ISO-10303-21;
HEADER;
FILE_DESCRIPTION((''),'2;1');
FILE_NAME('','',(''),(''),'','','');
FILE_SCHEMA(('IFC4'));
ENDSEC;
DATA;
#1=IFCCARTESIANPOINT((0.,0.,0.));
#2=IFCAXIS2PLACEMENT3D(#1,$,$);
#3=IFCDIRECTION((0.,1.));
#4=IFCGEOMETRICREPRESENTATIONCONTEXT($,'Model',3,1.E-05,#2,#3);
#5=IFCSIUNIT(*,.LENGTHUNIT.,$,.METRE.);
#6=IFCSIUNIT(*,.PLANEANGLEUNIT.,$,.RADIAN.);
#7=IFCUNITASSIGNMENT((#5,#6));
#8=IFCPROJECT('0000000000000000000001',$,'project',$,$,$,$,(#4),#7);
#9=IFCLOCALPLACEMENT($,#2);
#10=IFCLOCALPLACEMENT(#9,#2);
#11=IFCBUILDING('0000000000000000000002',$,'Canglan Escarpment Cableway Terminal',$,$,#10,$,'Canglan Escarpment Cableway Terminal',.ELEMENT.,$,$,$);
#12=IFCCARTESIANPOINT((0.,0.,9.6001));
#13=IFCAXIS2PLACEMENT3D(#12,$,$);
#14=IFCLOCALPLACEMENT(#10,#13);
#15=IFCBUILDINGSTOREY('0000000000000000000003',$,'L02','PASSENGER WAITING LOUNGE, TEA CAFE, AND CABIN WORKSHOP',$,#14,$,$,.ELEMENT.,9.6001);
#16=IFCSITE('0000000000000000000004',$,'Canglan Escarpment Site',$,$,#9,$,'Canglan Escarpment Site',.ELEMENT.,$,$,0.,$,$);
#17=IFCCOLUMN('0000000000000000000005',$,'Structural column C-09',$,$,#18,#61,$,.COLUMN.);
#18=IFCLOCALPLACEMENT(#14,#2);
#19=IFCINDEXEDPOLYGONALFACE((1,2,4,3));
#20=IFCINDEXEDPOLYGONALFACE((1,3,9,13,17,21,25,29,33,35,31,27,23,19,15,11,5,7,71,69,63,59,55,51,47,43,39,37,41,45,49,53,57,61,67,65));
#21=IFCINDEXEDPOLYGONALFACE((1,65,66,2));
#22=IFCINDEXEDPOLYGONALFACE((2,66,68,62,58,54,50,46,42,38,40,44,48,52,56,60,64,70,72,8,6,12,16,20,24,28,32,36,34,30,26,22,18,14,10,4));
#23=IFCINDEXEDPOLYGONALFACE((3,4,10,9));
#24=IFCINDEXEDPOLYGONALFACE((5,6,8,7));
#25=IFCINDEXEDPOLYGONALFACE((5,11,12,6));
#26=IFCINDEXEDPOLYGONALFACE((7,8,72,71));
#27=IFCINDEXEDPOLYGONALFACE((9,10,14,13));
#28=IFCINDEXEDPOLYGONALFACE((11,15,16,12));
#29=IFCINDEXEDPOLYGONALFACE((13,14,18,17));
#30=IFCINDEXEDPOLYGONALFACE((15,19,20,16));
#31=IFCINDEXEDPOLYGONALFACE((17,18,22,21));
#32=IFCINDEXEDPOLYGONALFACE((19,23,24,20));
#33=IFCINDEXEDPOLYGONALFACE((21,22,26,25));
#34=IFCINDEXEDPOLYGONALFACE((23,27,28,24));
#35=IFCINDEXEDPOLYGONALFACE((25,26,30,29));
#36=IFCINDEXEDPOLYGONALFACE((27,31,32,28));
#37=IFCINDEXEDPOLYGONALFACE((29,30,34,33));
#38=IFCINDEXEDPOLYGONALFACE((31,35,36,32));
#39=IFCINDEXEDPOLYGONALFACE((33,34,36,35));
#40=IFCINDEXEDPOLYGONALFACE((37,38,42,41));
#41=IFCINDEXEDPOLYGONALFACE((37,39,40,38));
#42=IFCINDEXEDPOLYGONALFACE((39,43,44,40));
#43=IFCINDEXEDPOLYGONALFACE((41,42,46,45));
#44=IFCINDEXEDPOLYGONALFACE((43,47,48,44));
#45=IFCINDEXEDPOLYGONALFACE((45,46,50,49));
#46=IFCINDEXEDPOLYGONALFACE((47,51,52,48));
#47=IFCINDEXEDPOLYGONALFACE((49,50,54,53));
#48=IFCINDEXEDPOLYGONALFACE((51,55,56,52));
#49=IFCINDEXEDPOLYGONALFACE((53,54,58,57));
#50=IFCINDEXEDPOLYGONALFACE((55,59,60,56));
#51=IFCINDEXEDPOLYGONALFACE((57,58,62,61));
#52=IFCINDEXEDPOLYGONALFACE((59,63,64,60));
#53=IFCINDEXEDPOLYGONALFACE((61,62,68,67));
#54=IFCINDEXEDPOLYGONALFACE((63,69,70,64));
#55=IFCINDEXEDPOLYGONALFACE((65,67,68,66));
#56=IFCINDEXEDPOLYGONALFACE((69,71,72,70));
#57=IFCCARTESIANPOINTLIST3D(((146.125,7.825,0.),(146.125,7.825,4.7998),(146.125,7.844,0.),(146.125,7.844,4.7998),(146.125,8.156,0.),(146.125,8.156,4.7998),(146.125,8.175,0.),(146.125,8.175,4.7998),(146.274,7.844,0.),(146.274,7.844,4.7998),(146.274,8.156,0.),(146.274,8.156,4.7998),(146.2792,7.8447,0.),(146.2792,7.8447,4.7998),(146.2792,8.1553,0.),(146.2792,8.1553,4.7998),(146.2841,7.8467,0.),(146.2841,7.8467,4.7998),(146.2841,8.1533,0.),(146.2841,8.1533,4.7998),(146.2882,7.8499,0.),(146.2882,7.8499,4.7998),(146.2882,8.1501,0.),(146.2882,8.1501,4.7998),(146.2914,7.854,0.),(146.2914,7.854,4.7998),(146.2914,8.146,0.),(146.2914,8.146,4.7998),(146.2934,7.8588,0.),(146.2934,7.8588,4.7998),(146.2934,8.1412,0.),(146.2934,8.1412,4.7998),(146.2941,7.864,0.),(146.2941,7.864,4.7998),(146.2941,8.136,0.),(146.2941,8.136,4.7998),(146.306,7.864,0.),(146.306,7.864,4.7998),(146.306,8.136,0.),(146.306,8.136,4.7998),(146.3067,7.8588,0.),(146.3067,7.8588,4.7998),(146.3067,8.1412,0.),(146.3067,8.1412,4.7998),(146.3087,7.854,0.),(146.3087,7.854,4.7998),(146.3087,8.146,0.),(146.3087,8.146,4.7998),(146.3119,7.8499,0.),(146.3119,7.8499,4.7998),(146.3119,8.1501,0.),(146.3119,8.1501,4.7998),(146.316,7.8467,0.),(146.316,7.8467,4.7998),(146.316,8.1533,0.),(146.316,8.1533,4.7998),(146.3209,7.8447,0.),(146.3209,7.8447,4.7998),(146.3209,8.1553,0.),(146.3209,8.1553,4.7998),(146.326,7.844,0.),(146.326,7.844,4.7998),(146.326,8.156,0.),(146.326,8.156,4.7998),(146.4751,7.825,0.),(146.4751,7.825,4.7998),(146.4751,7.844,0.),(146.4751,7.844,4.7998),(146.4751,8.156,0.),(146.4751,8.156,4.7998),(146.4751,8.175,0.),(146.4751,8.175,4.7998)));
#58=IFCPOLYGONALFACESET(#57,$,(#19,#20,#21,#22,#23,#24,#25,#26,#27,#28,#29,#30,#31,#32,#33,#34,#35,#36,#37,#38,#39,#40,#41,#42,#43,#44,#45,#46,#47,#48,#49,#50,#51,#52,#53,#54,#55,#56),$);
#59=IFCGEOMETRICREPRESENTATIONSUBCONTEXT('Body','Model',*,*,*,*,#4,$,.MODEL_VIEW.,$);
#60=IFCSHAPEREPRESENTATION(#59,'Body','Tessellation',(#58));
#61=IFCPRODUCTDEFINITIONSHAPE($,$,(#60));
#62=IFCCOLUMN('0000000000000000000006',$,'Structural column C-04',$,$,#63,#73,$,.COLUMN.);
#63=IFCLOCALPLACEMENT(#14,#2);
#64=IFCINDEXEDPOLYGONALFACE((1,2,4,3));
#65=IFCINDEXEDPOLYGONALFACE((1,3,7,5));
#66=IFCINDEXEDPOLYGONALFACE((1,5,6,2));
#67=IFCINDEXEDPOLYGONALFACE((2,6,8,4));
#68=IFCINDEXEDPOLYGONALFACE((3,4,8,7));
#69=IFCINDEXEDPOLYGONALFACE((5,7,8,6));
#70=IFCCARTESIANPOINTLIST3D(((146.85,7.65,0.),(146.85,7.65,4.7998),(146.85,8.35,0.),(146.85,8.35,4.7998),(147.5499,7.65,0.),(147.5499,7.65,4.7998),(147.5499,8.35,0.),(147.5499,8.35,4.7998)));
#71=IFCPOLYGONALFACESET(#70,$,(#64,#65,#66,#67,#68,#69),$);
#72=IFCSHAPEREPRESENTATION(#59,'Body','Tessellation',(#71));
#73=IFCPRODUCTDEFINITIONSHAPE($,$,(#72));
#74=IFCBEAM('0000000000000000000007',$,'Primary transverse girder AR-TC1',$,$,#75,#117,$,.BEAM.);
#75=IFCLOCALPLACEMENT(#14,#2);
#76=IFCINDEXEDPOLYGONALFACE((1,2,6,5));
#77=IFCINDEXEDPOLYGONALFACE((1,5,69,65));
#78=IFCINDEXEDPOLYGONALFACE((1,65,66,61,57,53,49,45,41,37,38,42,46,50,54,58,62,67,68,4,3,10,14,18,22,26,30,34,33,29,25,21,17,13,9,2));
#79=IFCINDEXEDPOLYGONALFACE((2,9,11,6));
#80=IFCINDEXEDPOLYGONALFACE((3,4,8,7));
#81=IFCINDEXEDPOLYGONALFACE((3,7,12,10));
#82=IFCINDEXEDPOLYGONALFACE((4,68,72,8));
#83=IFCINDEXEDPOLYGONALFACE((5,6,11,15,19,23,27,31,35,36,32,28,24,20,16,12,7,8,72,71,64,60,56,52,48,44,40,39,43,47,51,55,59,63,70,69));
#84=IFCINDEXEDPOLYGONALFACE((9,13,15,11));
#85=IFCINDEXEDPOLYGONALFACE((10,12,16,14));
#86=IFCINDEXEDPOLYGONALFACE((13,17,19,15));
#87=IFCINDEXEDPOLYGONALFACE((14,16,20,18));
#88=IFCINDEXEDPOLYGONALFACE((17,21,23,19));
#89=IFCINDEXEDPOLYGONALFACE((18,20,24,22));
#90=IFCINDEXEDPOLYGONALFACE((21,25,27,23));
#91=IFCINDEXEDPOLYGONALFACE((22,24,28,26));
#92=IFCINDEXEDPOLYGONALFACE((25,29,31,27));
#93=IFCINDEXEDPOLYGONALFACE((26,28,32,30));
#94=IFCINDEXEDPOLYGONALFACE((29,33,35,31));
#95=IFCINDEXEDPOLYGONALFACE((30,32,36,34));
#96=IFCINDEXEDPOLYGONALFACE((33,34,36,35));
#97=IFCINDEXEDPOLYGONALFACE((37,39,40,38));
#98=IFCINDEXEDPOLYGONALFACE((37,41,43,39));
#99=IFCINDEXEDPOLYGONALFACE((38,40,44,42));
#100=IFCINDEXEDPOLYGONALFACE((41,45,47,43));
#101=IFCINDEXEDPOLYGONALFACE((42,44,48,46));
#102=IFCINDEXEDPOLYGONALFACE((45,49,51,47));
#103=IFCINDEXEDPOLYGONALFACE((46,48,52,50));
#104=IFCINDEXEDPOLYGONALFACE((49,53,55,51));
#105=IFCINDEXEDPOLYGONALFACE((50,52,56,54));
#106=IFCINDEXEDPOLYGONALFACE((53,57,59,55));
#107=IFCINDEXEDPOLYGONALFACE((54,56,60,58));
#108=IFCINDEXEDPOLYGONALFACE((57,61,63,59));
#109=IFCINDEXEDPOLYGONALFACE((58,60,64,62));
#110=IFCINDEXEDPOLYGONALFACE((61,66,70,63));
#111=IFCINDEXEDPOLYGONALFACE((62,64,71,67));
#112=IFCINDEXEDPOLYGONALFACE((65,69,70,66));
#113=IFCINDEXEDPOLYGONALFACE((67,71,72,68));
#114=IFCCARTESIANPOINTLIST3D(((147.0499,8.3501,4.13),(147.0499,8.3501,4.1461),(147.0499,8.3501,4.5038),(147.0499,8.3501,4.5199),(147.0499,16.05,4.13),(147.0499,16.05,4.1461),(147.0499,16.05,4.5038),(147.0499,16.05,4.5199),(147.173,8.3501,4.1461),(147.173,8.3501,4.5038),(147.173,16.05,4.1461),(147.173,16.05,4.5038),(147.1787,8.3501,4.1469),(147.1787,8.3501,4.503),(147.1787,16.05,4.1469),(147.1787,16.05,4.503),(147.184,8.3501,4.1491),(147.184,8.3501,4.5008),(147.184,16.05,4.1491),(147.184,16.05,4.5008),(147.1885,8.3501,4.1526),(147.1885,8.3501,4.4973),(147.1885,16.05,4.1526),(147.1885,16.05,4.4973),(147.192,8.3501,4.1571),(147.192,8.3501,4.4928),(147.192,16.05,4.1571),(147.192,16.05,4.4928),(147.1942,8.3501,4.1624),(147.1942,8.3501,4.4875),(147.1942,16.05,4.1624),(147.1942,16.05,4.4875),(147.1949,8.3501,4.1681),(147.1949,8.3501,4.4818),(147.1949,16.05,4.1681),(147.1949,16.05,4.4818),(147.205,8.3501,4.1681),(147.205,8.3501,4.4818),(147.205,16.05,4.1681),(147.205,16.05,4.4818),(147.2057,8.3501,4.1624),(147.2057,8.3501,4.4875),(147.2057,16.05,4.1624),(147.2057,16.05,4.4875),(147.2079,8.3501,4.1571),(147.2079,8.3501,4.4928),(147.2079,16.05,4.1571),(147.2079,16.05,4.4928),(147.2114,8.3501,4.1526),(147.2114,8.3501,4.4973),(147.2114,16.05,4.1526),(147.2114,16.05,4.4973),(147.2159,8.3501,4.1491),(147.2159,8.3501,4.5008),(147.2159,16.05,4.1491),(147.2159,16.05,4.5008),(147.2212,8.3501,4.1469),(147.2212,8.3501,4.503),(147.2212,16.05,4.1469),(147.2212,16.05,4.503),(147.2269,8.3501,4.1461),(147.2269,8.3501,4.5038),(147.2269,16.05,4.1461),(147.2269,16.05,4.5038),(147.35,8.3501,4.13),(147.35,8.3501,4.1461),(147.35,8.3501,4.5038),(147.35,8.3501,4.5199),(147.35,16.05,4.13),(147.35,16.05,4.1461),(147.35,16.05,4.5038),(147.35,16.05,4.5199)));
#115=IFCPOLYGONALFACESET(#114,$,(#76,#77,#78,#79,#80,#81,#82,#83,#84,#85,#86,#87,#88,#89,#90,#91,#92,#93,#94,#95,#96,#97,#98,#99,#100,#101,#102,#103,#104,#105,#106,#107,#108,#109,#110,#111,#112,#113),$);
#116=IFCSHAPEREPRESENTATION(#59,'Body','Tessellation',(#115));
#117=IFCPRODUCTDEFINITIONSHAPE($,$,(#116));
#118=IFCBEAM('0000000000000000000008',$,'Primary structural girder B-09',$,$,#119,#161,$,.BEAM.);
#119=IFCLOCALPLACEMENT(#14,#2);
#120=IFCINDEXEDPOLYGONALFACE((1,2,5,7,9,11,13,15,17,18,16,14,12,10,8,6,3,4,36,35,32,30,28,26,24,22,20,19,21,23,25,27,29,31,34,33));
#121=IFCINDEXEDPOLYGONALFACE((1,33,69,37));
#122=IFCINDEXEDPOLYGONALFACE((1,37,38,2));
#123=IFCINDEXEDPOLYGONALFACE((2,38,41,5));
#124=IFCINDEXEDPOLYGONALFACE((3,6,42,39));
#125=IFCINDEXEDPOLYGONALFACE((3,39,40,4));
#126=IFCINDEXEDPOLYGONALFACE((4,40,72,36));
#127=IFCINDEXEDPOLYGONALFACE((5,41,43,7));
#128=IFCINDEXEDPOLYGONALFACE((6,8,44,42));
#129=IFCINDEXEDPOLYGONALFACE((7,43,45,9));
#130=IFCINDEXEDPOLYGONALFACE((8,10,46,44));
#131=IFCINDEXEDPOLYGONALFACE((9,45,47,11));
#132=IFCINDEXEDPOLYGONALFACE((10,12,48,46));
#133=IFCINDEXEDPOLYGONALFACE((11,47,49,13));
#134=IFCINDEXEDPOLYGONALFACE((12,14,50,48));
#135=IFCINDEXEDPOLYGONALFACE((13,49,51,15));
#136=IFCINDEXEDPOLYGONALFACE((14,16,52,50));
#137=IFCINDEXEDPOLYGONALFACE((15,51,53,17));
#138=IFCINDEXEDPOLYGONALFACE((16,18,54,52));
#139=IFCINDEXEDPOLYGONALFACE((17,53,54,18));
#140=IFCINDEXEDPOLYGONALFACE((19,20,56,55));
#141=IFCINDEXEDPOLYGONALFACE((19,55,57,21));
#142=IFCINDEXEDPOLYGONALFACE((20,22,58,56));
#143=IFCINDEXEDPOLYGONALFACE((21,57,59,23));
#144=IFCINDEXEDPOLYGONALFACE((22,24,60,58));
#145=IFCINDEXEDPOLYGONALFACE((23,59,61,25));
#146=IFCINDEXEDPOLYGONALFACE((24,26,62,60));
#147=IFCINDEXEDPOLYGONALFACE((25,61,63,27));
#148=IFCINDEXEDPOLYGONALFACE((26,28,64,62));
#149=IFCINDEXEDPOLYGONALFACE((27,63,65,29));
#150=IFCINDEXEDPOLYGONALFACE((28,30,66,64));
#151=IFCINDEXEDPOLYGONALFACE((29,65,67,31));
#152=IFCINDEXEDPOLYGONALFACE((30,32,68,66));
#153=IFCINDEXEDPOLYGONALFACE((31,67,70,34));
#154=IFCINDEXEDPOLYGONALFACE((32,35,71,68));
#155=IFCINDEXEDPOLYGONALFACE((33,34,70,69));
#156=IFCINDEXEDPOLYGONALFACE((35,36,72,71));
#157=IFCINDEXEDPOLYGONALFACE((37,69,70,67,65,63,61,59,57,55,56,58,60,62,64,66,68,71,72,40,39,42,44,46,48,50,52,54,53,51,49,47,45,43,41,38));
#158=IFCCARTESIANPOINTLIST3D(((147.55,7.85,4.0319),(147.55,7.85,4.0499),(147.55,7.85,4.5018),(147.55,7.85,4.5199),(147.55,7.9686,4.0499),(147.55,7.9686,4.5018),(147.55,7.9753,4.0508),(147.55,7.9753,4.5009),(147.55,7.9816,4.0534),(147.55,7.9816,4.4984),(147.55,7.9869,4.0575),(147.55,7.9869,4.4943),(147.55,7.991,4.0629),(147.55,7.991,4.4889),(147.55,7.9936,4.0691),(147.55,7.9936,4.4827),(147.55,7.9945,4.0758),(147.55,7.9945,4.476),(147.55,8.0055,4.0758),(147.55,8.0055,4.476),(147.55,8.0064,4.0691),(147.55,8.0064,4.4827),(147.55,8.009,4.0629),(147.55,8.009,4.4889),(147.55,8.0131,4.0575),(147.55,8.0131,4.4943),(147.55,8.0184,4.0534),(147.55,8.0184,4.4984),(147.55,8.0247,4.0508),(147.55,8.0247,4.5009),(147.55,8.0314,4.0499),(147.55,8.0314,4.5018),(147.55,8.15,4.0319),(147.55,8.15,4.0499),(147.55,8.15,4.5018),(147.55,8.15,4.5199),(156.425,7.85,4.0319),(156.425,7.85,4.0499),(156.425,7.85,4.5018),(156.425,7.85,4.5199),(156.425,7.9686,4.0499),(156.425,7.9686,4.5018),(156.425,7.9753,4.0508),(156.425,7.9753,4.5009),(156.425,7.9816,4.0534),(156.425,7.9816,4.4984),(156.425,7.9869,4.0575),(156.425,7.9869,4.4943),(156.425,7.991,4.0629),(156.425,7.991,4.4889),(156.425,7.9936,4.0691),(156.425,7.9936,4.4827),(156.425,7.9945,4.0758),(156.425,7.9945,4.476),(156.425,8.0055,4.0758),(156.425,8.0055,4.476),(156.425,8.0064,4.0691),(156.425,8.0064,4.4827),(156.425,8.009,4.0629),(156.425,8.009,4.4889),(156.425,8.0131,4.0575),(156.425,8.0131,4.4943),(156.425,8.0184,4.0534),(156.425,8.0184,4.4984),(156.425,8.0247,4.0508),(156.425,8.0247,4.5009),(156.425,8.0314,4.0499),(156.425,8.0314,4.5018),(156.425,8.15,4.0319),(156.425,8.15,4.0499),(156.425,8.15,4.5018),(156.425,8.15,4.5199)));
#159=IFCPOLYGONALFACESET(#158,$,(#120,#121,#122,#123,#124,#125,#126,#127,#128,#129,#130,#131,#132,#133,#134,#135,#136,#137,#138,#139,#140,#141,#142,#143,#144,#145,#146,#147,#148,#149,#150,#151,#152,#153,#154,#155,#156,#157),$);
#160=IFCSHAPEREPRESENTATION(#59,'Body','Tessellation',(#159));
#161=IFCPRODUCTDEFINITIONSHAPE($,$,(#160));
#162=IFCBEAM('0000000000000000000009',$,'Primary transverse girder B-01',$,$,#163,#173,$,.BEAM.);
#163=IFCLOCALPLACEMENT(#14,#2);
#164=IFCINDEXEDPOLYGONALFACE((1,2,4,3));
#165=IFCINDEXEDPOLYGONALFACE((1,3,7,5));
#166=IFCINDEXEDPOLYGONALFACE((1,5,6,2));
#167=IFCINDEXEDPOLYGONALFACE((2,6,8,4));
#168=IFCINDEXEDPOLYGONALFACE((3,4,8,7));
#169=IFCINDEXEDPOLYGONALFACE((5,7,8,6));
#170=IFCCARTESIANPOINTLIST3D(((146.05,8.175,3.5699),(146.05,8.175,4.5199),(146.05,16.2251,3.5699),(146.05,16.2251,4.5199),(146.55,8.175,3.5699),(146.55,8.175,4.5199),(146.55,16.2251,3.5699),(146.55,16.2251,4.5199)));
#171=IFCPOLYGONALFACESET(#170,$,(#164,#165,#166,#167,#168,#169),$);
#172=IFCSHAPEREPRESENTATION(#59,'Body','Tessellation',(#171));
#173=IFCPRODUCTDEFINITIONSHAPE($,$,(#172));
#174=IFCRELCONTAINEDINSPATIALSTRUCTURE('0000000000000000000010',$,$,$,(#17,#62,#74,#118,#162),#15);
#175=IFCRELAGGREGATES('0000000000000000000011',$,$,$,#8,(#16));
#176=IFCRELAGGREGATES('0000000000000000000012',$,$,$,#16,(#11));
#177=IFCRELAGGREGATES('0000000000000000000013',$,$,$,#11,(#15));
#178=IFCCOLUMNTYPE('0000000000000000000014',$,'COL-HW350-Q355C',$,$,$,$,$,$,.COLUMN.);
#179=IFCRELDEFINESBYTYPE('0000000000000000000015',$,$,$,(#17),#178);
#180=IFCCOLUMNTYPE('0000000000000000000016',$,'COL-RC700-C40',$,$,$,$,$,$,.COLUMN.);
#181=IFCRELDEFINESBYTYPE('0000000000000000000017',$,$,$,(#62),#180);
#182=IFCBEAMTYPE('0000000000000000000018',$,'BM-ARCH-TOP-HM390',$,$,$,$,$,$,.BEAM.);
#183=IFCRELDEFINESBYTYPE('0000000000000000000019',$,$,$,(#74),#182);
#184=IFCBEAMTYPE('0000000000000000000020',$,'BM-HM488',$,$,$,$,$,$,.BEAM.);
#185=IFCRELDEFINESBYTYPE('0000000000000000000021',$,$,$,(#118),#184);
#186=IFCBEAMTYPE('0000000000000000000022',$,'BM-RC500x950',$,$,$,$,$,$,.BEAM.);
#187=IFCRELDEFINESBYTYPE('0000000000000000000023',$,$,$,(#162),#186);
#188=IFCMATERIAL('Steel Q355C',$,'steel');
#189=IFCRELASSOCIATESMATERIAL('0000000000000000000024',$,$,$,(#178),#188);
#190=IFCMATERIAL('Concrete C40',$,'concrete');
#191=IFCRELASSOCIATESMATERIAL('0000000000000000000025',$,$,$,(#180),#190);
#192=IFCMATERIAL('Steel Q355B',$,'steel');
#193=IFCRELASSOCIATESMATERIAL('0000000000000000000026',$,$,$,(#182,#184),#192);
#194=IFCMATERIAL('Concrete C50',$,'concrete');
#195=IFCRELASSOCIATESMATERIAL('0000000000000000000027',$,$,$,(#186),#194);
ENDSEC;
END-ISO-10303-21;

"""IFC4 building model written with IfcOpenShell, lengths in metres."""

from ifc_helpers import new_model, si_unit, direction, frame, origin, origin_2d, place, context, subcontext, project, spatial, rectangle, i_section, extrude, material, material_profile, profile_set, type_object, element, save


model = new_model("IFC4")

# Units and contexts
model_context = context("Model", 3, precision=1e-05, world=origin(), true_north=direction((0.0, 1.0)))
body_context = subcontext(model_context, "Body", "Model", "MODEL_VIEW")
ifc_project = project(units=[si_unit("LENGTHUNIT", "METRE"), si_unit("PLANEANGLEUNIT", "RADIAN")], contexts=[model_context])

# Site, building, storey
site_placement = place(None, origin())
site = spatial("IfcSite", under=ifc_project, at=site_placement, Name="Canglan Escarpment Site", LongName="Canglan Escarpment Site", CompositionType="ELEMENT", RefElevation=0.0)
building_placement = place(site_placement, origin())
building = spatial("IfcBuilding", under=site, at=building_placement, Name="Canglan Escarpment Cableway Terminal", LongName="Canglan Escarpment Cableway Terminal", CompositionType="ELEMENT")
storey_placement = place(building_placement, frame((0.0, 0.0, 9.6001)))
storey = spatial("IfcBuildingStorey", under=building, at=storey_placement, Name="L02", Description="PASSENGER WAITING LOUNGE, TEA CAFE, AND CABIN WORKSHOP", CompositionType="ELEMENT", Elevation=9.6001)

# Columns
ifc_material_1 = material(Name="Steel Q355C", Category="steel")
ifc_material_profile_1 = material_profile(ifc_material_1, i_section(OverallWidth=0.3501, OverallDepth=0.3501, WebThickness=0.012, FlangeThickness=0.019, FilletRadius=0.02, at=origin_2d()), Name="HW 350x350x12x19")
ifc_profile_set_1 = profile_set([ifc_material_profile_1], Name="Steel Q355C")
column_type_1 = type_object("IfcColumnType", Name="COL-HW350-Q355C", PredefinedType="COLUMN", material=ifc_profile_set_1)
column_1_placement = place(storey_placement, frame((146.3, 8.0, 0.0), z_axis=(0.0, 0.0, 1.0), x_axis=(1.0, 0.0, 0.0)))
element("IfcColumn", 1, at=column_1_placement, inside=storey, type_object=column_type_1, Name="Structural column C-09", PredefinedType="COLUMN", context=body_context, shape_type="SweptSolid", body=[
    extrude(i_section(OverallWidth=0.3501, OverallDepth=0.3501, WebThickness=0.012, FlangeThickness=0.019, FilletRadius=0.02, at=origin_2d()), origin(), (0.0, 0.0, 1.0), 4.7998),
])
ifc_material_2 = material(Name="Concrete C40", Category="concrete")
ifc_material_profile_2 = material_profile(ifc_material_2, rectangle(XDim=0.7, YDim=0.7, at=origin_2d()), Name="RC 700x700")
ifc_profile_set_2 = profile_set([ifc_material_profile_2], Name="Concrete C40")
column_type_2 = type_object("IfcColumnType", Name="COL-RC700-C40", PredefinedType="COLUMN", material=ifc_profile_set_2)
column_2_placement = place(storey_placement, frame((147.2, 8.0, 0.0), z_axis=(0.0, 0.0, 1.0), x_axis=(1.0, 0.0, 0.0)))
element("IfcColumn", 2, at=column_2_placement, inside=storey, type_object=column_type_2, Name="Structural column C-04", PredefinedType="COLUMN", context=body_context, shape_type="SweptSolid", body=[
    extrude(rectangle(XDim=0.7, YDim=0.7, at=origin_2d()), origin(), (0.0, 0.0, 1.0), 4.7998),
])

# Beams
ifc_material_3 = material(Name="Steel Q355B", Category="steel")
ifc_material_profile_3 = material_profile(ifc_material_3, i_section(OverallWidth=0.3, OverallDepth=0.3899, WebThickness=0.01, FlangeThickness=0.0161, FilletRadius=0.022, at=origin_2d()), Name="HM 390x300x10x16")
ifc_profile_set_3 = profile_set([ifc_material_profile_3], Name="Steel Q355B")
beam_type_1 = type_object("IfcBeamType", Name="BM-ARCH-TOP-HM390", PredefinedType="BEAM", material=ifc_profile_set_3)
beam_1_placement = place(storey_placement, frame((147.2, 8.3501, 4.325), z_axis=(0.0, 1.0, 0.0), x_axis=(-1.0, 0.0, 0.0)))
element("IfcBeam", 3, at=beam_1_placement, inside=storey, type_object=beam_type_1, Name="Primary transverse girder AR-TC1", PredefinedType="BEAM", context=body_context, shape_type="SweptSolid", body=[
    extrude(i_section(OverallWidth=0.3, OverallDepth=0.3899, WebThickness=0.01, FlangeThickness=0.0161, FilletRadius=0.022, at=origin_2d()), origin(), (0.0, 0.0, 1.0), 7.7),
])
ifc_material_profile_4 = material_profile(ifc_material_3, i_section(OverallWidth=0.3, OverallDepth=0.488, WebThickness=0.011, FlangeThickness=0.0181, FilletRadius=0.0259, at=origin_2d()), Name="HM 488x300x11x18")
ifc_profile_set_4 = profile_set([ifc_material_profile_4], Name="Steel Q355B")
beam_type_2 = type_object("IfcBeamType", Name="BM-HM488", PredefinedType="BEAM", material=ifc_profile_set_4)
beam_2_placement = place(storey_placement, frame((147.55, 8.0, 4.2759), z_axis=(1.0, 0.0, 0.0), x_axis=(0.0, 1.0, 0.0)))
element("IfcBeam", 4, at=beam_2_placement, inside=storey, type_object=beam_type_2, Name="Primary structural girder B-09", PredefinedType="BEAM", context=body_context, shape_type="SweptSolid", body=[
    extrude(i_section(OverallWidth=0.3, OverallDepth=0.488, WebThickness=0.011, FlangeThickness=0.0181, FilletRadius=0.0259, at=origin_2d()), origin(), (0.0, 0.0, 1.0), 8.875),
])
ifc_material_4 = material(Name="Concrete C50", Category="concrete")
ifc_material_profile_5 = material_profile(ifc_material_4, rectangle(XDim=0.5, YDim=0.95, at=origin_2d()), Name="RC 500x950")
ifc_profile_set_5 = profile_set([ifc_material_profile_5], Name="Concrete C50")
beam_type_3 = type_object("IfcBeamType", Name="BM-RC500x950", PredefinedType="BEAM", material=ifc_profile_set_5)
beam_3_placement = place(storey_placement, frame((146.3, 8.175, 4.0449), z_axis=(0.0, 1.0, 0.0), x_axis=(-1.0, 0.0, 0.0)))
element("IfcBeam", 5, at=beam_3_placement, inside=storey, type_object=beam_type_3, Name="Primary transverse girder B-01", PredefinedType="BEAM", context=body_context, shape_type="SweptSolid", body=[
    extrude(rectangle(XDim=0.5, YDim=0.95, at=origin_2d()), origin(), (0.0, 0.0, 1.0), 8.05),
])

save(model, "model.ifc")
